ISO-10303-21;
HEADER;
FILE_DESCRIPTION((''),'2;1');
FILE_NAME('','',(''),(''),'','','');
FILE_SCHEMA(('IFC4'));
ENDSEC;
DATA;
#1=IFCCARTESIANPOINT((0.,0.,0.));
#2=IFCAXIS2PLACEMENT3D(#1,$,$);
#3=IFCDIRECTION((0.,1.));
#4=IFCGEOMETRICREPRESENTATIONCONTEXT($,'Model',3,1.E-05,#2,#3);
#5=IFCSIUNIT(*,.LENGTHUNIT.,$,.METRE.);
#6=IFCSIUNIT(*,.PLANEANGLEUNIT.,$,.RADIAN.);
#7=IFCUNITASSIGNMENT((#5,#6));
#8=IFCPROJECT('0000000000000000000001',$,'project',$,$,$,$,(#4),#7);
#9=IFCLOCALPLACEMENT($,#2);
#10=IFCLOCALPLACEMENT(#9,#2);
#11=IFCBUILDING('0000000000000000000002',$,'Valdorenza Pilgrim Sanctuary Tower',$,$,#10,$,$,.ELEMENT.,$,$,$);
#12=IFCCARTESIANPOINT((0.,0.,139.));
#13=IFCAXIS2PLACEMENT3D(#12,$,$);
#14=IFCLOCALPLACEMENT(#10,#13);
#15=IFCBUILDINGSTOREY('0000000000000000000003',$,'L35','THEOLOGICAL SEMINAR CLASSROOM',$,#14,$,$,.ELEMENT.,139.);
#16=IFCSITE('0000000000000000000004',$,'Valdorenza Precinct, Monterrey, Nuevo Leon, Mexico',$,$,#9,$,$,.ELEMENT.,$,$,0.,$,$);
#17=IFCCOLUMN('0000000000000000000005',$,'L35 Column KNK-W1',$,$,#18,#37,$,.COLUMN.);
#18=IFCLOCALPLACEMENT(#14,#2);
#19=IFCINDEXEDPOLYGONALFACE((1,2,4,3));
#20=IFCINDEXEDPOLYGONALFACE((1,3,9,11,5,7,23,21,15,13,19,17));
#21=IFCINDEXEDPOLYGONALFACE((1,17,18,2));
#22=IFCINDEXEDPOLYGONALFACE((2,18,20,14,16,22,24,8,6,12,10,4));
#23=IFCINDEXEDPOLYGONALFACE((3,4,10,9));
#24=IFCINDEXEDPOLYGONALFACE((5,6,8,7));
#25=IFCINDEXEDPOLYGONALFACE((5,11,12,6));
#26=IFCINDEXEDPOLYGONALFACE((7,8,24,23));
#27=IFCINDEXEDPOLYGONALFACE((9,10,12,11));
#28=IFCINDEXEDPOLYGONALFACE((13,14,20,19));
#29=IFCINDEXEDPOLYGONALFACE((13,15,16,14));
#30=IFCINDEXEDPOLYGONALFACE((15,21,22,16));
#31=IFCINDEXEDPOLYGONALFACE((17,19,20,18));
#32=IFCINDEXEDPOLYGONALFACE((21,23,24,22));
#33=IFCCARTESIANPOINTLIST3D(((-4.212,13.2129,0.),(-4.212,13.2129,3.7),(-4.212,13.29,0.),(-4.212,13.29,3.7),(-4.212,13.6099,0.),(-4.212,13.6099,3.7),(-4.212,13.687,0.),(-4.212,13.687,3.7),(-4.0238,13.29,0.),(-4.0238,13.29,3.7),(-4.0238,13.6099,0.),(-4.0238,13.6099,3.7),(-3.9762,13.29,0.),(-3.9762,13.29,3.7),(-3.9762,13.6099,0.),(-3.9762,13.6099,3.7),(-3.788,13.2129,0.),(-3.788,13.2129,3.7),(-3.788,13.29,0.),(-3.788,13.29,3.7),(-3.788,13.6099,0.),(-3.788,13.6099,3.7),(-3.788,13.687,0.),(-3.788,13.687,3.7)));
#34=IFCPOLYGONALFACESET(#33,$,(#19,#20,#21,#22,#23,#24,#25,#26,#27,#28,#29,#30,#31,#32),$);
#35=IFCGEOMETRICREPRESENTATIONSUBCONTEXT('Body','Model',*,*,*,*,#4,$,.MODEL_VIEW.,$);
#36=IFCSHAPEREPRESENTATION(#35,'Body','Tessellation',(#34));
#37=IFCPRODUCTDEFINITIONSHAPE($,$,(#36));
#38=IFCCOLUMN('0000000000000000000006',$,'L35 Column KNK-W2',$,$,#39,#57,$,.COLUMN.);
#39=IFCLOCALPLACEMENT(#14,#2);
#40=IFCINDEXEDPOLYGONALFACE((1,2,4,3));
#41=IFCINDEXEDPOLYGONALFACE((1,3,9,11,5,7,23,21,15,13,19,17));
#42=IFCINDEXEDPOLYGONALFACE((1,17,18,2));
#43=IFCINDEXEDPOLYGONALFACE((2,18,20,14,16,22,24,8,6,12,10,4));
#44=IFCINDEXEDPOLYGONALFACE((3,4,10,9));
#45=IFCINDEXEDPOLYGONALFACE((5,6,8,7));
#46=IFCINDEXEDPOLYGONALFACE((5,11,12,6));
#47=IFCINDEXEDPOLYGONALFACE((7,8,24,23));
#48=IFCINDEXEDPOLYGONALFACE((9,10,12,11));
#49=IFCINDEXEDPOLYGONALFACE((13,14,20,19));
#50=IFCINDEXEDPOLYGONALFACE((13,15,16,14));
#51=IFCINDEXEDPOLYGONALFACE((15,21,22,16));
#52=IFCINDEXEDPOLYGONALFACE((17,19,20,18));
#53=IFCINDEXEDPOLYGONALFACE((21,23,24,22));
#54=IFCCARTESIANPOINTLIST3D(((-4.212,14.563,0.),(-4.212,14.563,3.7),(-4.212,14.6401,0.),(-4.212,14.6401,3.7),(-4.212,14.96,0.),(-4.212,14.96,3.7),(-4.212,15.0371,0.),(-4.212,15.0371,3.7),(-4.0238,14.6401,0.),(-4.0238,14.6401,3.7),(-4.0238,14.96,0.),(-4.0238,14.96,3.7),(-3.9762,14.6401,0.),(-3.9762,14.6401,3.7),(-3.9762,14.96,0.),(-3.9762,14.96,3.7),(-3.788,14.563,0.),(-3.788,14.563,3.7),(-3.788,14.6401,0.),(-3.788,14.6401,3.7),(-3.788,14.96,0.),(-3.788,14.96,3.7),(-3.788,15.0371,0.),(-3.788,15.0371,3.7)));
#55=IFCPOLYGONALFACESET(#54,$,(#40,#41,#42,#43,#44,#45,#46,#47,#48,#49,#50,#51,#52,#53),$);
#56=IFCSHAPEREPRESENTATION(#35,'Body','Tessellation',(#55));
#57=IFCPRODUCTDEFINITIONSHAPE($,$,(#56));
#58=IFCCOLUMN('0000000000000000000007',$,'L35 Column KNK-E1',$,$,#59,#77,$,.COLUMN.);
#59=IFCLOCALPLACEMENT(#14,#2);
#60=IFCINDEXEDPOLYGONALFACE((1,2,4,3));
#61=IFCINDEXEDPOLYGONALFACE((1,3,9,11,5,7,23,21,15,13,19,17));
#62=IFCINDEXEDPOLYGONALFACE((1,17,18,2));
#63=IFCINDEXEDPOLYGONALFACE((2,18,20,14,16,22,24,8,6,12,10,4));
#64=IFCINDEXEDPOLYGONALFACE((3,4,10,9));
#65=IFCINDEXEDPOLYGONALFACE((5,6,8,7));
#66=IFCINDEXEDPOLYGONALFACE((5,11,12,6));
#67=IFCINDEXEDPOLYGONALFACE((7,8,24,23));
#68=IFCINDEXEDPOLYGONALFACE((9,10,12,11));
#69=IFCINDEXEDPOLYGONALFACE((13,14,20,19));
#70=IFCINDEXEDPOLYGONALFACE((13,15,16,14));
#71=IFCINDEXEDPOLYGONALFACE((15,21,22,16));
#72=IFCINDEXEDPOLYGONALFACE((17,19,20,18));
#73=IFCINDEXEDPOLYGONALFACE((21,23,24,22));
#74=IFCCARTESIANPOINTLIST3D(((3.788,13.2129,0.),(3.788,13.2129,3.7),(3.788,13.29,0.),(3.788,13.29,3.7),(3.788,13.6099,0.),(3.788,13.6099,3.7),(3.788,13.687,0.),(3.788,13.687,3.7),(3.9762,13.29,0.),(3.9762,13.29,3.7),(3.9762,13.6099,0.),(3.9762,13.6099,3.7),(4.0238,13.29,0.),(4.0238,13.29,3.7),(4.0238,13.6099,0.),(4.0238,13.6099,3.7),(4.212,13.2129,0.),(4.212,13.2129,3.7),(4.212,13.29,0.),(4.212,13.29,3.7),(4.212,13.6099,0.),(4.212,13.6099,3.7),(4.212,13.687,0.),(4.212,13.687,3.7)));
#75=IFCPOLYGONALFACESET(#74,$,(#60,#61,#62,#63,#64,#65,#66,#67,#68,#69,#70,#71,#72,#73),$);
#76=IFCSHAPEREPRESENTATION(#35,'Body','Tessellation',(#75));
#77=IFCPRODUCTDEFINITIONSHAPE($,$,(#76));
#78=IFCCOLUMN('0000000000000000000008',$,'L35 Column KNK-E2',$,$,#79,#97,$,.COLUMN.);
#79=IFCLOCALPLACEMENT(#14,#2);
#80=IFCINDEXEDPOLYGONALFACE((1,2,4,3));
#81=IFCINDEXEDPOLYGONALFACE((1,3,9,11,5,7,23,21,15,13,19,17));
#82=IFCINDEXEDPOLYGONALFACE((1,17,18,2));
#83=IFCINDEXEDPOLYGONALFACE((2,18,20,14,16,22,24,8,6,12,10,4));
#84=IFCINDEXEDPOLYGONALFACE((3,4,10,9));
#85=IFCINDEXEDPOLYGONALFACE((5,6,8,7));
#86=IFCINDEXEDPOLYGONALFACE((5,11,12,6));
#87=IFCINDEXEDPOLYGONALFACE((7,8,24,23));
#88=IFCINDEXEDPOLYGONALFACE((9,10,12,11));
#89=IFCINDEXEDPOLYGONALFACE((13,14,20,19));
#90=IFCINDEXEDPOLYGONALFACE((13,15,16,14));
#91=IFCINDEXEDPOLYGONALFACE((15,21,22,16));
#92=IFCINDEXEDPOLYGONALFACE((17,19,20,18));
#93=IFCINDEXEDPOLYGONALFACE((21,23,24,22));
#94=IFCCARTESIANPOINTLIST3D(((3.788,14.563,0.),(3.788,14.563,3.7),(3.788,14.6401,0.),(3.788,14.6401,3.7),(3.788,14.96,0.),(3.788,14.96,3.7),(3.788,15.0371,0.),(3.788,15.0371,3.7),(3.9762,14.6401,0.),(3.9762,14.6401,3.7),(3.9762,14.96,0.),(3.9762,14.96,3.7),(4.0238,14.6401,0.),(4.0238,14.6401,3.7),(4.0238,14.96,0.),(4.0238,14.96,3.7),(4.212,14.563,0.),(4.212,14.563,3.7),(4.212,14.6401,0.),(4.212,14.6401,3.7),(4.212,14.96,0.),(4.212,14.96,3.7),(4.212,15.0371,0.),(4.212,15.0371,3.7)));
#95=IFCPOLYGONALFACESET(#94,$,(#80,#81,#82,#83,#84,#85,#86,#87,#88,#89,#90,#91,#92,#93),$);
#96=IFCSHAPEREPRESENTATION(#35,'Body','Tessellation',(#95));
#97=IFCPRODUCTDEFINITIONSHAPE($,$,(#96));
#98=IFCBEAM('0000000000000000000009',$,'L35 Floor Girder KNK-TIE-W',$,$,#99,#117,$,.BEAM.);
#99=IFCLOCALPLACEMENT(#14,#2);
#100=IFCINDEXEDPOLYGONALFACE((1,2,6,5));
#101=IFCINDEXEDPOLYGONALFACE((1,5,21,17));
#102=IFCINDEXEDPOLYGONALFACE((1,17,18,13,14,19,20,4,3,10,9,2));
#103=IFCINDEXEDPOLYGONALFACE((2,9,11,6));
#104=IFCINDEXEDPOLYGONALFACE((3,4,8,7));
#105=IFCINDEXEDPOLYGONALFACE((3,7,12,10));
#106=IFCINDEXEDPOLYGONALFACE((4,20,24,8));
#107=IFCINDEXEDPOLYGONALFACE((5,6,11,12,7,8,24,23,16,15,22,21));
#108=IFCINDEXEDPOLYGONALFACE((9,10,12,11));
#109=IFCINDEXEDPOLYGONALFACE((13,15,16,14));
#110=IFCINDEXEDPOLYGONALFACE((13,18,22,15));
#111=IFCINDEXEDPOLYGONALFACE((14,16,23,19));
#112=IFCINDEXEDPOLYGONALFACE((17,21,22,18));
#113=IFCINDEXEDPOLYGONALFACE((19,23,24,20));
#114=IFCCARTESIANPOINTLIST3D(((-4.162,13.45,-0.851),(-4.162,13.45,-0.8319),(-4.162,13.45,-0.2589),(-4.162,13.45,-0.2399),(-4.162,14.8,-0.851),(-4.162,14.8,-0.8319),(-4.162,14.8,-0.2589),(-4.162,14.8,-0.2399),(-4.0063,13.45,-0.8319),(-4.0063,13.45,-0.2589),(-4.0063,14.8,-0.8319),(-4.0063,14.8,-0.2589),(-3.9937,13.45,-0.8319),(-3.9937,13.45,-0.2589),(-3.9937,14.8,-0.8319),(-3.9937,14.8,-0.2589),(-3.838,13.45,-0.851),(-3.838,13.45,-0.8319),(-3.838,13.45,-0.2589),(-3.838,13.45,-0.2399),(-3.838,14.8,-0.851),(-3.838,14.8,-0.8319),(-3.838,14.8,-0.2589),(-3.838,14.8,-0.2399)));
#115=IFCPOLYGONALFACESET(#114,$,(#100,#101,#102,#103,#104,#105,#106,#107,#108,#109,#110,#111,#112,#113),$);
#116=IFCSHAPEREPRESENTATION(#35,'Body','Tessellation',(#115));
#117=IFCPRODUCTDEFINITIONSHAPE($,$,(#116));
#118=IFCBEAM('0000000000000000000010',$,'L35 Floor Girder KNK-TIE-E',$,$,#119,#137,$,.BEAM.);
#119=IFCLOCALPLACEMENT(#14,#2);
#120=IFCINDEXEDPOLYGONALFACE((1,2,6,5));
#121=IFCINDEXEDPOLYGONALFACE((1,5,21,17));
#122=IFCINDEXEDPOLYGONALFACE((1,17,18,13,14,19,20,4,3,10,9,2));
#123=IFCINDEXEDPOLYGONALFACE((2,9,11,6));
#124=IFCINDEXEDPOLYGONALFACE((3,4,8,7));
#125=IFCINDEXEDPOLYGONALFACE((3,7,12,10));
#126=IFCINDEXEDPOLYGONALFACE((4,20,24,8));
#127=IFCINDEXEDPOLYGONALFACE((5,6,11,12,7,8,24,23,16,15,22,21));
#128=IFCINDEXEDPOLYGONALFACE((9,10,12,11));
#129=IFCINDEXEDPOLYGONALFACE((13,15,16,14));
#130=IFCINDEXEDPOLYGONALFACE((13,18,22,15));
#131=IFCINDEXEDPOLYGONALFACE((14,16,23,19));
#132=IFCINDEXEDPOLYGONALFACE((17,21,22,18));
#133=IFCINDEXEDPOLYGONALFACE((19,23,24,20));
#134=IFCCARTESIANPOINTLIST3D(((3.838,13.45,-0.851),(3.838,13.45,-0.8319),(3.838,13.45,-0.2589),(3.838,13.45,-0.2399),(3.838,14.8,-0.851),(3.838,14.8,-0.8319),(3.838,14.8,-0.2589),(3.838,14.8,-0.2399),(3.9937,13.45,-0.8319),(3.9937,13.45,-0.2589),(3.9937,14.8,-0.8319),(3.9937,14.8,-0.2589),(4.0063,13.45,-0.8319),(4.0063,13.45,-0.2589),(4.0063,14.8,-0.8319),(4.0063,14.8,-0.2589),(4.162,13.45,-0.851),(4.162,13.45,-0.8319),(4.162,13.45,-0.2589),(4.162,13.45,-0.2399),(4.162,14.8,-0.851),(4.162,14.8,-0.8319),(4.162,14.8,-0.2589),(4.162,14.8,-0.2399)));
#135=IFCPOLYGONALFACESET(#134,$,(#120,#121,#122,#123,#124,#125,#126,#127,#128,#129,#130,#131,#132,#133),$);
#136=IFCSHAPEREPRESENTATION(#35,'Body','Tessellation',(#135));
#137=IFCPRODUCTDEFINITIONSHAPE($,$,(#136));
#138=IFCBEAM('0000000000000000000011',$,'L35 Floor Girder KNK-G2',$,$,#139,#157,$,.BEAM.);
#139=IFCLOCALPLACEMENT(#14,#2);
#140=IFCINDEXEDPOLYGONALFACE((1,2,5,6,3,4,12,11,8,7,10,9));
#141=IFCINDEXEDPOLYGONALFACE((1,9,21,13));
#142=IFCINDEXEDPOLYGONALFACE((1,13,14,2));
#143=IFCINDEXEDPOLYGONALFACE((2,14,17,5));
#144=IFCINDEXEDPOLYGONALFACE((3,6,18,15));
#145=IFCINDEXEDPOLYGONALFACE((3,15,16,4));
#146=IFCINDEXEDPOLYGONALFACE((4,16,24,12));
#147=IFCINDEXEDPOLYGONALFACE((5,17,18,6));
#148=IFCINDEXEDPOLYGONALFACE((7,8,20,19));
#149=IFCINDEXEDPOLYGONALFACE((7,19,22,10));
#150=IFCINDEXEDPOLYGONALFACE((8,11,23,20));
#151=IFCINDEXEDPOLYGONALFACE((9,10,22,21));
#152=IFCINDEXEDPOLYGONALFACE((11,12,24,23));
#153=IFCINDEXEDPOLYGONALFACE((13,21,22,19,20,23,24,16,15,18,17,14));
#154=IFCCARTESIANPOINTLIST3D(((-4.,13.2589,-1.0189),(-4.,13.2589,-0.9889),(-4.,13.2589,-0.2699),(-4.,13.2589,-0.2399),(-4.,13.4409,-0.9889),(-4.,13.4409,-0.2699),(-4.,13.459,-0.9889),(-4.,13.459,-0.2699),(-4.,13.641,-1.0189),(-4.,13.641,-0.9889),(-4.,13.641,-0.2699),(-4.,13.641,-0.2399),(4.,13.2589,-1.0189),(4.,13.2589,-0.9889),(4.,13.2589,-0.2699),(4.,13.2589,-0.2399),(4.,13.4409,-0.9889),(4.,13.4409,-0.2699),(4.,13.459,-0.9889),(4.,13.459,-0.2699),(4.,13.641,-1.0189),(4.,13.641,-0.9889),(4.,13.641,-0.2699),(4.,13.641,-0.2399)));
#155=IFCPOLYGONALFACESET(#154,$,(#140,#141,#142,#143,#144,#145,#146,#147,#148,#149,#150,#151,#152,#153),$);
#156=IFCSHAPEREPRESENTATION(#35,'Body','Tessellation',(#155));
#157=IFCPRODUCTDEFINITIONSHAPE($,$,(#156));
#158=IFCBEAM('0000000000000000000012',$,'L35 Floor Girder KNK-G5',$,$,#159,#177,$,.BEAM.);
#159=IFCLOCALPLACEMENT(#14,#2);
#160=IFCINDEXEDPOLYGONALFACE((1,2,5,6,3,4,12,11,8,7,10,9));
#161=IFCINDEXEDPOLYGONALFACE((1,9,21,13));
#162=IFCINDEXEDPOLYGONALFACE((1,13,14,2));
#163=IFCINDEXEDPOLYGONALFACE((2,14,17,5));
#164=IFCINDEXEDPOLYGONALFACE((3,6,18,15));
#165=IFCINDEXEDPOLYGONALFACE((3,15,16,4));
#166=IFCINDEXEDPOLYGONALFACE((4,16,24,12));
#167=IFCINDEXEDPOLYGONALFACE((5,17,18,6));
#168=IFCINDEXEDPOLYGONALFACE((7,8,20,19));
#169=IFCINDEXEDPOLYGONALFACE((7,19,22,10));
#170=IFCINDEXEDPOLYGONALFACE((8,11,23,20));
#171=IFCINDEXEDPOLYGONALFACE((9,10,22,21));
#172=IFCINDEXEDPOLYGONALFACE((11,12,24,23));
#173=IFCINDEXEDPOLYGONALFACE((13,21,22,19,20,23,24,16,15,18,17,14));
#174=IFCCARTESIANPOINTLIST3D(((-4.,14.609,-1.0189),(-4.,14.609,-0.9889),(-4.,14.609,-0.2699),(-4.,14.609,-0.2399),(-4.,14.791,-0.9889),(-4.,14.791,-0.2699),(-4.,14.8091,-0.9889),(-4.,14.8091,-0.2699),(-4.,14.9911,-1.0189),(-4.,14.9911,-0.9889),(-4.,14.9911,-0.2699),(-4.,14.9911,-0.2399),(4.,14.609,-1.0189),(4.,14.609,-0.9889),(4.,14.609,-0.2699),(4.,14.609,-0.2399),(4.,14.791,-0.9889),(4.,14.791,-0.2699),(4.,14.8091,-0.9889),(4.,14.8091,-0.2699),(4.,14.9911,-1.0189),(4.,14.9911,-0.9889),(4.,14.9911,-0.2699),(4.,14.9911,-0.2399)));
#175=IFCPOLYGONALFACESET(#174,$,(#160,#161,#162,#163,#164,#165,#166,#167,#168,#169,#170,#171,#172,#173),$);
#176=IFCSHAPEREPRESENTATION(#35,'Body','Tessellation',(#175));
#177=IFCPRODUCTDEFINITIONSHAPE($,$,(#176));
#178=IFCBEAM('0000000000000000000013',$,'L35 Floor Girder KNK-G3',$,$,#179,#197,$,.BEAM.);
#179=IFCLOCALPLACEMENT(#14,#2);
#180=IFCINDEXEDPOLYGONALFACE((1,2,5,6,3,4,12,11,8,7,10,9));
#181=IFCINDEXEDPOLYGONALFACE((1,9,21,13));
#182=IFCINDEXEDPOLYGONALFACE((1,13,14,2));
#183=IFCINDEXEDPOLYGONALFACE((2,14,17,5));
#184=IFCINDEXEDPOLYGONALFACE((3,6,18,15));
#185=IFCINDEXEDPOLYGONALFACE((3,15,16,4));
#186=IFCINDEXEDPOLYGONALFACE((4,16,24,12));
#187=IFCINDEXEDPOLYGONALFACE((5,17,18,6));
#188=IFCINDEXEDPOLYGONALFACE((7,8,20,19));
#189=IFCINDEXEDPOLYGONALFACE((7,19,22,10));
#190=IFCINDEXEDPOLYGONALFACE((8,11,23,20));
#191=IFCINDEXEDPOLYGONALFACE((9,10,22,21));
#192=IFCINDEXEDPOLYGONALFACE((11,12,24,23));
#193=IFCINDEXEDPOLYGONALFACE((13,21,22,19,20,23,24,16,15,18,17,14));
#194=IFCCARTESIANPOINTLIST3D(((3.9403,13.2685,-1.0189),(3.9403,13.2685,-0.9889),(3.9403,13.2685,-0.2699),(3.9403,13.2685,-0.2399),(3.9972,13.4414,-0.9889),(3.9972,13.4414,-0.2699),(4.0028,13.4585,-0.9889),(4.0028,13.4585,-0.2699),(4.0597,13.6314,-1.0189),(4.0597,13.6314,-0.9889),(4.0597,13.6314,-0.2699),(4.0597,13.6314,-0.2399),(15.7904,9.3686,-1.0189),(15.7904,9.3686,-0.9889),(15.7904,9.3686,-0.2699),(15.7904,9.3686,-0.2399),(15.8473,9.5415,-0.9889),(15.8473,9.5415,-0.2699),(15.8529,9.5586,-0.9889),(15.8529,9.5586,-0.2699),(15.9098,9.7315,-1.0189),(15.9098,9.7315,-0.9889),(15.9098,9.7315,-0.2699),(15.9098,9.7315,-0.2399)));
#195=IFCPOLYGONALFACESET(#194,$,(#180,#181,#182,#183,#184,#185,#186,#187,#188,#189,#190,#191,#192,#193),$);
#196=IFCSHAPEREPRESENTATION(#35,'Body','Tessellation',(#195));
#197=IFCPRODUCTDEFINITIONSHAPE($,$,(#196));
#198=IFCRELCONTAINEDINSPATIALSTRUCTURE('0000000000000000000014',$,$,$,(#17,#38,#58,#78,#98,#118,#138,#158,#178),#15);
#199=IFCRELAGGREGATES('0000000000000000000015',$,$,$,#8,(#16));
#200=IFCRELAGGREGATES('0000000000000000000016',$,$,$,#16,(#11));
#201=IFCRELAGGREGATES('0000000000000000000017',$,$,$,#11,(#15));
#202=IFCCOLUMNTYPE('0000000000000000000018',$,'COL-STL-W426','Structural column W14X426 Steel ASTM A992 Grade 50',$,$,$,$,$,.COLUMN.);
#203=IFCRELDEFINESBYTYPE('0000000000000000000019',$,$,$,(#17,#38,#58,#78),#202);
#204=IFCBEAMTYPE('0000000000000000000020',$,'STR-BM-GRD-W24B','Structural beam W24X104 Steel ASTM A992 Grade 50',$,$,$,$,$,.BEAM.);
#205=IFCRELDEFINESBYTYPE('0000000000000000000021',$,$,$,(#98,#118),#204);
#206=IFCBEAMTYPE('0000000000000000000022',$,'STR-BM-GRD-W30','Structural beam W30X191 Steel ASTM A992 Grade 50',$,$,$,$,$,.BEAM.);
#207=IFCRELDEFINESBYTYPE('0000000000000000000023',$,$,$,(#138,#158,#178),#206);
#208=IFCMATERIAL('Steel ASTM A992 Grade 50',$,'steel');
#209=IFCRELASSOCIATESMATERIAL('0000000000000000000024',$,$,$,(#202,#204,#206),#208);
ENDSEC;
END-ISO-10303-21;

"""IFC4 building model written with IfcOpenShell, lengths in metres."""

from ifc_helpers import new_model, si_unit, direction, frame, origin, origin_2d, place, context, subcontext, project, spatial, i_section, extrude, source, transform, mapped, material, material_profile, profile_set, type_object, element, save


model = new_model("IFC4")

# Units and contexts
model_context = context("Model", 3, precision=1e-05, world=origin(), true_north=direction((0.0, 1.0)))
body_context = subcontext(model_context, "Body", "Model", "MODEL_VIEW")
ifc_project = project(units=[si_unit("LENGTHUNIT", "METRE"), si_unit("PLANEANGLEUNIT", "RADIAN")], contexts=[model_context])

# Site, building, storey
site_placement = place(None, origin())
site = spatial("IfcSite", under=ifc_project, at=site_placement, Name="Valdorenza Precinct, Monterrey, Nuevo Leon, Mexico", CompositionType="ELEMENT", RefElevation=0.0)
building_placement = place(site_placement, origin())
building = spatial("IfcBuilding", under=site, at=building_placement, Name="Valdorenza Pilgrim Sanctuary Tower", CompositionType="ELEMENT")
storey_placement = place(building_placement, frame((0.0, 0.0, 139.0)))
storey = spatial("IfcBuildingStorey", under=building, at=storey_placement, Name="L35", Description="THEOLOGICAL SEMINAR CLASSROOM", CompositionType="ELEMENT", Elevation=139.0)

# Columns
ifc_material_1 = material(Name="Steel ASTM A992 Grade 50", Category="steel")
ifc_material_profile_1 = material_profile(ifc_material_1, i_section(OverallWidth=0.4241, OverallDepth=0.4741, WebThickness=0.0476, FlangeThickness=0.0771, at=origin_2d()), Name="W14X426")
ifc_profile_set_1 = profile_set([ifc_material_profile_1], Name="Steel ASTM A992 Grade 50")
column_type = type_object("IfcColumnType", Name="COL-STL-W426", Description="Structural column W14X426 Steel ASTM A992 Grade 50", PredefinedType="COLUMN", material=ifc_profile_set_1)
shared_shape_1 = source(origin(), body_context, "Body", "SweptSolid", [
    extrude(i_section(OverallWidth=0.4241, OverallDepth=0.4741, WebThickness=0.0476, FlangeThickness=0.0771, at=origin_2d()), origin(), (0.0, 0.0, 1.0), 3.7),
])
for number, where, z_axis, x_axis, name in (
    (1, (-4.0, 13.45, 0.0), (0.0, 0.0, 1.0), (1.0, 0.0, 0.0), "L35 Column KNK-W1"),
    (2, (-4.0, 14.8, 0.0), (0.0, 0.0, 1.0), (1.0, 0.0, 0.0), "L35 Column KNK-W2"),
    (3, (4.0, 13.45, 0.0), (0.0, 0.0, 1.0), (1.0, 0.0, 0.0), "L35 Column KNK-E1"),
    (4, (4.0, 14.8, 0.0), (0.0, 0.0, 1.0), (1.0, 0.0, 0.0), "L35 Column KNK-E2"),
):
    element("IfcColumn", number, at=place(storey_placement, frame(where, z_axis=z_axis, x_axis=x_axis)), inside=storey, type_object=column_type, Name=name, PredefinedType="COLUMN", context=body_context, shape_type="MappedRepresentation", body=[
        mapped(shared_shape_1, transform((0.0, 0.0, 0.0), x_axis=(1.0, 0.0, 0.0), y_axis=(0.0, 1.0, 0.0), z_axis=(0.0, 0.0, 1.0), scale=1.0)),
    ])

# Beams
ifc_material_profile_2 = material_profile(ifc_material_1, i_section(OverallWidth=0.324, OverallDepth=0.6111, WebThickness=0.0127, FlangeThickness=0.019, at=origin_2d()), Name="W24X104")
ifc_profile_set_2 = profile_set([ifc_material_profile_2], Name="Steel ASTM A992 Grade 50")
beam_type_1 = type_object("IfcBeamType", Name="STR-BM-GRD-W24B", Description="Structural beam W24X104 Steel ASTM A992 Grade 50", PredefinedType="BEAM", material=ifc_profile_set_2)
shared_shape_2 = source(origin(), body_context, "Body", "SweptSolid", [
    extrude(i_section(OverallWidth=0.324, OverallDepth=0.6111, WebThickness=0.0127, FlangeThickness=0.019, at=origin_2d()), origin(), (0.0, 0.0, 1.0), 1.3501),
])
for number, where, z_axis, x_axis, name in (
    (5, (-4.0, 13.45, -0.5454), (0.0, 1.0, 0.0), (-1.0, 0.0, 0.0), "L35 Floor Girder KNK-TIE-W"),
    (6, (4.0, 13.45, -0.5454), (0.0, 1.0, 0.0), (-1.0, 0.0, 0.0), "L35 Floor Girder KNK-TIE-E"),
):
    element("IfcBeam", number, at=place(storey_placement, frame(where, z_axis=z_axis, x_axis=x_axis)), inside=storey, type_object=beam_type_1, Name=name, PredefinedType="BEAM", context=body_context, shape_type="MappedRepresentation", body=[
        mapped(shared_shape_2, transform((0.0, 0.0, 0.0), x_axis=(1.0, 0.0, 0.0), y_axis=(0.0, 1.0, 0.0), z_axis=(0.0, 0.0, 1.0), scale=1.0)),
    ])
ifc_material_profile_3 = material_profile(ifc_material_1, i_section(OverallWidth=0.3821, OverallDepth=0.7791, WebThickness=0.0181, FlangeThickness=0.03, at=origin_2d()), Name="W30X191")
ifc_profile_set_3 = profile_set([ifc_material_profile_3], Name="Steel ASTM A992 Grade 50")
beam_type_2 = type_object("IfcBeamType", Name="STR-BM-GRD-W30", Description="Structural beam W30X191 Steel ASTM A992 Grade 50", PredefinedType="BEAM", material=ifc_profile_set_3)
shared_shape_3 = source(origin(), body_context, "Body", "SweptSolid", [
    extrude(i_section(OverallWidth=0.3821, OverallDepth=0.7791, WebThickness=0.0181, FlangeThickness=0.03, at=origin_2d()), origin(), (0.0, 0.0, 1.0), 8.0),
])
for number, where, z_axis, x_axis, name in (
    (7, (-4.0, 13.45, -0.6294), (1.0, 0.0, 0.0), (0.0, 1.0, 0.0), "L35 Floor Girder KNK-G2"),
    (8, (-4.0, 14.8, -0.6294), (1.0, 0.0, 0.0), (0.0, 1.0, 0.0), "L35 Floor Girder KNK-G5"),
):
    element("IfcBeam", number, at=place(storey_placement, frame(where, z_axis=z_axis, x_axis=x_axis)), inside=storey, type_object=beam_type_2, Name=name, PredefinedType="BEAM", context=body_context, shape_type="MappedRepresentation", body=[
        mapped(shared_shape_3, transform((0.0, 0.0, 0.0), x_axis=(1.0, 0.0, 0.0), y_axis=(0.0, 1.0, 0.0), z_axis=(0.0, 0.0, 1.0), scale=1.0)),
    ])
shared_shape_4 = source(origin(), body_context, "Body", "SweptSolid", [
    extrude(i_section(OverallWidth=0.3821, OverallDepth=0.7791, WebThickness=0.0181, FlangeThickness=0.03, at=origin_2d()), origin(), (0.0, 0.0, 1.0), 12.4753),
])
beam_1_placement = place(storey_placement, frame((4.0, 13.45, -0.6294), z_axis=(0.949882, -0.312609, 0.0), x_axis=(0.312609, 0.949882, 0.0)))
element("IfcBeam", 9, at=beam_1_placement, inside=storey, type_object=beam_type_2, Name="L35 Floor Girder KNK-G3", PredefinedType="BEAM", context=body_context, shape_type="MappedRepresentation", body=[
    mapped(shared_shape_4, transform((0.0, 0.0, 0.0), x_axis=(1.0, 0.0, 0.0), y_axis=(0.0, 1.0, 0.0), z_axis=(0.0, 0.0, 1.0), scale=1.0)),
])

save(model, "model.ifc")
